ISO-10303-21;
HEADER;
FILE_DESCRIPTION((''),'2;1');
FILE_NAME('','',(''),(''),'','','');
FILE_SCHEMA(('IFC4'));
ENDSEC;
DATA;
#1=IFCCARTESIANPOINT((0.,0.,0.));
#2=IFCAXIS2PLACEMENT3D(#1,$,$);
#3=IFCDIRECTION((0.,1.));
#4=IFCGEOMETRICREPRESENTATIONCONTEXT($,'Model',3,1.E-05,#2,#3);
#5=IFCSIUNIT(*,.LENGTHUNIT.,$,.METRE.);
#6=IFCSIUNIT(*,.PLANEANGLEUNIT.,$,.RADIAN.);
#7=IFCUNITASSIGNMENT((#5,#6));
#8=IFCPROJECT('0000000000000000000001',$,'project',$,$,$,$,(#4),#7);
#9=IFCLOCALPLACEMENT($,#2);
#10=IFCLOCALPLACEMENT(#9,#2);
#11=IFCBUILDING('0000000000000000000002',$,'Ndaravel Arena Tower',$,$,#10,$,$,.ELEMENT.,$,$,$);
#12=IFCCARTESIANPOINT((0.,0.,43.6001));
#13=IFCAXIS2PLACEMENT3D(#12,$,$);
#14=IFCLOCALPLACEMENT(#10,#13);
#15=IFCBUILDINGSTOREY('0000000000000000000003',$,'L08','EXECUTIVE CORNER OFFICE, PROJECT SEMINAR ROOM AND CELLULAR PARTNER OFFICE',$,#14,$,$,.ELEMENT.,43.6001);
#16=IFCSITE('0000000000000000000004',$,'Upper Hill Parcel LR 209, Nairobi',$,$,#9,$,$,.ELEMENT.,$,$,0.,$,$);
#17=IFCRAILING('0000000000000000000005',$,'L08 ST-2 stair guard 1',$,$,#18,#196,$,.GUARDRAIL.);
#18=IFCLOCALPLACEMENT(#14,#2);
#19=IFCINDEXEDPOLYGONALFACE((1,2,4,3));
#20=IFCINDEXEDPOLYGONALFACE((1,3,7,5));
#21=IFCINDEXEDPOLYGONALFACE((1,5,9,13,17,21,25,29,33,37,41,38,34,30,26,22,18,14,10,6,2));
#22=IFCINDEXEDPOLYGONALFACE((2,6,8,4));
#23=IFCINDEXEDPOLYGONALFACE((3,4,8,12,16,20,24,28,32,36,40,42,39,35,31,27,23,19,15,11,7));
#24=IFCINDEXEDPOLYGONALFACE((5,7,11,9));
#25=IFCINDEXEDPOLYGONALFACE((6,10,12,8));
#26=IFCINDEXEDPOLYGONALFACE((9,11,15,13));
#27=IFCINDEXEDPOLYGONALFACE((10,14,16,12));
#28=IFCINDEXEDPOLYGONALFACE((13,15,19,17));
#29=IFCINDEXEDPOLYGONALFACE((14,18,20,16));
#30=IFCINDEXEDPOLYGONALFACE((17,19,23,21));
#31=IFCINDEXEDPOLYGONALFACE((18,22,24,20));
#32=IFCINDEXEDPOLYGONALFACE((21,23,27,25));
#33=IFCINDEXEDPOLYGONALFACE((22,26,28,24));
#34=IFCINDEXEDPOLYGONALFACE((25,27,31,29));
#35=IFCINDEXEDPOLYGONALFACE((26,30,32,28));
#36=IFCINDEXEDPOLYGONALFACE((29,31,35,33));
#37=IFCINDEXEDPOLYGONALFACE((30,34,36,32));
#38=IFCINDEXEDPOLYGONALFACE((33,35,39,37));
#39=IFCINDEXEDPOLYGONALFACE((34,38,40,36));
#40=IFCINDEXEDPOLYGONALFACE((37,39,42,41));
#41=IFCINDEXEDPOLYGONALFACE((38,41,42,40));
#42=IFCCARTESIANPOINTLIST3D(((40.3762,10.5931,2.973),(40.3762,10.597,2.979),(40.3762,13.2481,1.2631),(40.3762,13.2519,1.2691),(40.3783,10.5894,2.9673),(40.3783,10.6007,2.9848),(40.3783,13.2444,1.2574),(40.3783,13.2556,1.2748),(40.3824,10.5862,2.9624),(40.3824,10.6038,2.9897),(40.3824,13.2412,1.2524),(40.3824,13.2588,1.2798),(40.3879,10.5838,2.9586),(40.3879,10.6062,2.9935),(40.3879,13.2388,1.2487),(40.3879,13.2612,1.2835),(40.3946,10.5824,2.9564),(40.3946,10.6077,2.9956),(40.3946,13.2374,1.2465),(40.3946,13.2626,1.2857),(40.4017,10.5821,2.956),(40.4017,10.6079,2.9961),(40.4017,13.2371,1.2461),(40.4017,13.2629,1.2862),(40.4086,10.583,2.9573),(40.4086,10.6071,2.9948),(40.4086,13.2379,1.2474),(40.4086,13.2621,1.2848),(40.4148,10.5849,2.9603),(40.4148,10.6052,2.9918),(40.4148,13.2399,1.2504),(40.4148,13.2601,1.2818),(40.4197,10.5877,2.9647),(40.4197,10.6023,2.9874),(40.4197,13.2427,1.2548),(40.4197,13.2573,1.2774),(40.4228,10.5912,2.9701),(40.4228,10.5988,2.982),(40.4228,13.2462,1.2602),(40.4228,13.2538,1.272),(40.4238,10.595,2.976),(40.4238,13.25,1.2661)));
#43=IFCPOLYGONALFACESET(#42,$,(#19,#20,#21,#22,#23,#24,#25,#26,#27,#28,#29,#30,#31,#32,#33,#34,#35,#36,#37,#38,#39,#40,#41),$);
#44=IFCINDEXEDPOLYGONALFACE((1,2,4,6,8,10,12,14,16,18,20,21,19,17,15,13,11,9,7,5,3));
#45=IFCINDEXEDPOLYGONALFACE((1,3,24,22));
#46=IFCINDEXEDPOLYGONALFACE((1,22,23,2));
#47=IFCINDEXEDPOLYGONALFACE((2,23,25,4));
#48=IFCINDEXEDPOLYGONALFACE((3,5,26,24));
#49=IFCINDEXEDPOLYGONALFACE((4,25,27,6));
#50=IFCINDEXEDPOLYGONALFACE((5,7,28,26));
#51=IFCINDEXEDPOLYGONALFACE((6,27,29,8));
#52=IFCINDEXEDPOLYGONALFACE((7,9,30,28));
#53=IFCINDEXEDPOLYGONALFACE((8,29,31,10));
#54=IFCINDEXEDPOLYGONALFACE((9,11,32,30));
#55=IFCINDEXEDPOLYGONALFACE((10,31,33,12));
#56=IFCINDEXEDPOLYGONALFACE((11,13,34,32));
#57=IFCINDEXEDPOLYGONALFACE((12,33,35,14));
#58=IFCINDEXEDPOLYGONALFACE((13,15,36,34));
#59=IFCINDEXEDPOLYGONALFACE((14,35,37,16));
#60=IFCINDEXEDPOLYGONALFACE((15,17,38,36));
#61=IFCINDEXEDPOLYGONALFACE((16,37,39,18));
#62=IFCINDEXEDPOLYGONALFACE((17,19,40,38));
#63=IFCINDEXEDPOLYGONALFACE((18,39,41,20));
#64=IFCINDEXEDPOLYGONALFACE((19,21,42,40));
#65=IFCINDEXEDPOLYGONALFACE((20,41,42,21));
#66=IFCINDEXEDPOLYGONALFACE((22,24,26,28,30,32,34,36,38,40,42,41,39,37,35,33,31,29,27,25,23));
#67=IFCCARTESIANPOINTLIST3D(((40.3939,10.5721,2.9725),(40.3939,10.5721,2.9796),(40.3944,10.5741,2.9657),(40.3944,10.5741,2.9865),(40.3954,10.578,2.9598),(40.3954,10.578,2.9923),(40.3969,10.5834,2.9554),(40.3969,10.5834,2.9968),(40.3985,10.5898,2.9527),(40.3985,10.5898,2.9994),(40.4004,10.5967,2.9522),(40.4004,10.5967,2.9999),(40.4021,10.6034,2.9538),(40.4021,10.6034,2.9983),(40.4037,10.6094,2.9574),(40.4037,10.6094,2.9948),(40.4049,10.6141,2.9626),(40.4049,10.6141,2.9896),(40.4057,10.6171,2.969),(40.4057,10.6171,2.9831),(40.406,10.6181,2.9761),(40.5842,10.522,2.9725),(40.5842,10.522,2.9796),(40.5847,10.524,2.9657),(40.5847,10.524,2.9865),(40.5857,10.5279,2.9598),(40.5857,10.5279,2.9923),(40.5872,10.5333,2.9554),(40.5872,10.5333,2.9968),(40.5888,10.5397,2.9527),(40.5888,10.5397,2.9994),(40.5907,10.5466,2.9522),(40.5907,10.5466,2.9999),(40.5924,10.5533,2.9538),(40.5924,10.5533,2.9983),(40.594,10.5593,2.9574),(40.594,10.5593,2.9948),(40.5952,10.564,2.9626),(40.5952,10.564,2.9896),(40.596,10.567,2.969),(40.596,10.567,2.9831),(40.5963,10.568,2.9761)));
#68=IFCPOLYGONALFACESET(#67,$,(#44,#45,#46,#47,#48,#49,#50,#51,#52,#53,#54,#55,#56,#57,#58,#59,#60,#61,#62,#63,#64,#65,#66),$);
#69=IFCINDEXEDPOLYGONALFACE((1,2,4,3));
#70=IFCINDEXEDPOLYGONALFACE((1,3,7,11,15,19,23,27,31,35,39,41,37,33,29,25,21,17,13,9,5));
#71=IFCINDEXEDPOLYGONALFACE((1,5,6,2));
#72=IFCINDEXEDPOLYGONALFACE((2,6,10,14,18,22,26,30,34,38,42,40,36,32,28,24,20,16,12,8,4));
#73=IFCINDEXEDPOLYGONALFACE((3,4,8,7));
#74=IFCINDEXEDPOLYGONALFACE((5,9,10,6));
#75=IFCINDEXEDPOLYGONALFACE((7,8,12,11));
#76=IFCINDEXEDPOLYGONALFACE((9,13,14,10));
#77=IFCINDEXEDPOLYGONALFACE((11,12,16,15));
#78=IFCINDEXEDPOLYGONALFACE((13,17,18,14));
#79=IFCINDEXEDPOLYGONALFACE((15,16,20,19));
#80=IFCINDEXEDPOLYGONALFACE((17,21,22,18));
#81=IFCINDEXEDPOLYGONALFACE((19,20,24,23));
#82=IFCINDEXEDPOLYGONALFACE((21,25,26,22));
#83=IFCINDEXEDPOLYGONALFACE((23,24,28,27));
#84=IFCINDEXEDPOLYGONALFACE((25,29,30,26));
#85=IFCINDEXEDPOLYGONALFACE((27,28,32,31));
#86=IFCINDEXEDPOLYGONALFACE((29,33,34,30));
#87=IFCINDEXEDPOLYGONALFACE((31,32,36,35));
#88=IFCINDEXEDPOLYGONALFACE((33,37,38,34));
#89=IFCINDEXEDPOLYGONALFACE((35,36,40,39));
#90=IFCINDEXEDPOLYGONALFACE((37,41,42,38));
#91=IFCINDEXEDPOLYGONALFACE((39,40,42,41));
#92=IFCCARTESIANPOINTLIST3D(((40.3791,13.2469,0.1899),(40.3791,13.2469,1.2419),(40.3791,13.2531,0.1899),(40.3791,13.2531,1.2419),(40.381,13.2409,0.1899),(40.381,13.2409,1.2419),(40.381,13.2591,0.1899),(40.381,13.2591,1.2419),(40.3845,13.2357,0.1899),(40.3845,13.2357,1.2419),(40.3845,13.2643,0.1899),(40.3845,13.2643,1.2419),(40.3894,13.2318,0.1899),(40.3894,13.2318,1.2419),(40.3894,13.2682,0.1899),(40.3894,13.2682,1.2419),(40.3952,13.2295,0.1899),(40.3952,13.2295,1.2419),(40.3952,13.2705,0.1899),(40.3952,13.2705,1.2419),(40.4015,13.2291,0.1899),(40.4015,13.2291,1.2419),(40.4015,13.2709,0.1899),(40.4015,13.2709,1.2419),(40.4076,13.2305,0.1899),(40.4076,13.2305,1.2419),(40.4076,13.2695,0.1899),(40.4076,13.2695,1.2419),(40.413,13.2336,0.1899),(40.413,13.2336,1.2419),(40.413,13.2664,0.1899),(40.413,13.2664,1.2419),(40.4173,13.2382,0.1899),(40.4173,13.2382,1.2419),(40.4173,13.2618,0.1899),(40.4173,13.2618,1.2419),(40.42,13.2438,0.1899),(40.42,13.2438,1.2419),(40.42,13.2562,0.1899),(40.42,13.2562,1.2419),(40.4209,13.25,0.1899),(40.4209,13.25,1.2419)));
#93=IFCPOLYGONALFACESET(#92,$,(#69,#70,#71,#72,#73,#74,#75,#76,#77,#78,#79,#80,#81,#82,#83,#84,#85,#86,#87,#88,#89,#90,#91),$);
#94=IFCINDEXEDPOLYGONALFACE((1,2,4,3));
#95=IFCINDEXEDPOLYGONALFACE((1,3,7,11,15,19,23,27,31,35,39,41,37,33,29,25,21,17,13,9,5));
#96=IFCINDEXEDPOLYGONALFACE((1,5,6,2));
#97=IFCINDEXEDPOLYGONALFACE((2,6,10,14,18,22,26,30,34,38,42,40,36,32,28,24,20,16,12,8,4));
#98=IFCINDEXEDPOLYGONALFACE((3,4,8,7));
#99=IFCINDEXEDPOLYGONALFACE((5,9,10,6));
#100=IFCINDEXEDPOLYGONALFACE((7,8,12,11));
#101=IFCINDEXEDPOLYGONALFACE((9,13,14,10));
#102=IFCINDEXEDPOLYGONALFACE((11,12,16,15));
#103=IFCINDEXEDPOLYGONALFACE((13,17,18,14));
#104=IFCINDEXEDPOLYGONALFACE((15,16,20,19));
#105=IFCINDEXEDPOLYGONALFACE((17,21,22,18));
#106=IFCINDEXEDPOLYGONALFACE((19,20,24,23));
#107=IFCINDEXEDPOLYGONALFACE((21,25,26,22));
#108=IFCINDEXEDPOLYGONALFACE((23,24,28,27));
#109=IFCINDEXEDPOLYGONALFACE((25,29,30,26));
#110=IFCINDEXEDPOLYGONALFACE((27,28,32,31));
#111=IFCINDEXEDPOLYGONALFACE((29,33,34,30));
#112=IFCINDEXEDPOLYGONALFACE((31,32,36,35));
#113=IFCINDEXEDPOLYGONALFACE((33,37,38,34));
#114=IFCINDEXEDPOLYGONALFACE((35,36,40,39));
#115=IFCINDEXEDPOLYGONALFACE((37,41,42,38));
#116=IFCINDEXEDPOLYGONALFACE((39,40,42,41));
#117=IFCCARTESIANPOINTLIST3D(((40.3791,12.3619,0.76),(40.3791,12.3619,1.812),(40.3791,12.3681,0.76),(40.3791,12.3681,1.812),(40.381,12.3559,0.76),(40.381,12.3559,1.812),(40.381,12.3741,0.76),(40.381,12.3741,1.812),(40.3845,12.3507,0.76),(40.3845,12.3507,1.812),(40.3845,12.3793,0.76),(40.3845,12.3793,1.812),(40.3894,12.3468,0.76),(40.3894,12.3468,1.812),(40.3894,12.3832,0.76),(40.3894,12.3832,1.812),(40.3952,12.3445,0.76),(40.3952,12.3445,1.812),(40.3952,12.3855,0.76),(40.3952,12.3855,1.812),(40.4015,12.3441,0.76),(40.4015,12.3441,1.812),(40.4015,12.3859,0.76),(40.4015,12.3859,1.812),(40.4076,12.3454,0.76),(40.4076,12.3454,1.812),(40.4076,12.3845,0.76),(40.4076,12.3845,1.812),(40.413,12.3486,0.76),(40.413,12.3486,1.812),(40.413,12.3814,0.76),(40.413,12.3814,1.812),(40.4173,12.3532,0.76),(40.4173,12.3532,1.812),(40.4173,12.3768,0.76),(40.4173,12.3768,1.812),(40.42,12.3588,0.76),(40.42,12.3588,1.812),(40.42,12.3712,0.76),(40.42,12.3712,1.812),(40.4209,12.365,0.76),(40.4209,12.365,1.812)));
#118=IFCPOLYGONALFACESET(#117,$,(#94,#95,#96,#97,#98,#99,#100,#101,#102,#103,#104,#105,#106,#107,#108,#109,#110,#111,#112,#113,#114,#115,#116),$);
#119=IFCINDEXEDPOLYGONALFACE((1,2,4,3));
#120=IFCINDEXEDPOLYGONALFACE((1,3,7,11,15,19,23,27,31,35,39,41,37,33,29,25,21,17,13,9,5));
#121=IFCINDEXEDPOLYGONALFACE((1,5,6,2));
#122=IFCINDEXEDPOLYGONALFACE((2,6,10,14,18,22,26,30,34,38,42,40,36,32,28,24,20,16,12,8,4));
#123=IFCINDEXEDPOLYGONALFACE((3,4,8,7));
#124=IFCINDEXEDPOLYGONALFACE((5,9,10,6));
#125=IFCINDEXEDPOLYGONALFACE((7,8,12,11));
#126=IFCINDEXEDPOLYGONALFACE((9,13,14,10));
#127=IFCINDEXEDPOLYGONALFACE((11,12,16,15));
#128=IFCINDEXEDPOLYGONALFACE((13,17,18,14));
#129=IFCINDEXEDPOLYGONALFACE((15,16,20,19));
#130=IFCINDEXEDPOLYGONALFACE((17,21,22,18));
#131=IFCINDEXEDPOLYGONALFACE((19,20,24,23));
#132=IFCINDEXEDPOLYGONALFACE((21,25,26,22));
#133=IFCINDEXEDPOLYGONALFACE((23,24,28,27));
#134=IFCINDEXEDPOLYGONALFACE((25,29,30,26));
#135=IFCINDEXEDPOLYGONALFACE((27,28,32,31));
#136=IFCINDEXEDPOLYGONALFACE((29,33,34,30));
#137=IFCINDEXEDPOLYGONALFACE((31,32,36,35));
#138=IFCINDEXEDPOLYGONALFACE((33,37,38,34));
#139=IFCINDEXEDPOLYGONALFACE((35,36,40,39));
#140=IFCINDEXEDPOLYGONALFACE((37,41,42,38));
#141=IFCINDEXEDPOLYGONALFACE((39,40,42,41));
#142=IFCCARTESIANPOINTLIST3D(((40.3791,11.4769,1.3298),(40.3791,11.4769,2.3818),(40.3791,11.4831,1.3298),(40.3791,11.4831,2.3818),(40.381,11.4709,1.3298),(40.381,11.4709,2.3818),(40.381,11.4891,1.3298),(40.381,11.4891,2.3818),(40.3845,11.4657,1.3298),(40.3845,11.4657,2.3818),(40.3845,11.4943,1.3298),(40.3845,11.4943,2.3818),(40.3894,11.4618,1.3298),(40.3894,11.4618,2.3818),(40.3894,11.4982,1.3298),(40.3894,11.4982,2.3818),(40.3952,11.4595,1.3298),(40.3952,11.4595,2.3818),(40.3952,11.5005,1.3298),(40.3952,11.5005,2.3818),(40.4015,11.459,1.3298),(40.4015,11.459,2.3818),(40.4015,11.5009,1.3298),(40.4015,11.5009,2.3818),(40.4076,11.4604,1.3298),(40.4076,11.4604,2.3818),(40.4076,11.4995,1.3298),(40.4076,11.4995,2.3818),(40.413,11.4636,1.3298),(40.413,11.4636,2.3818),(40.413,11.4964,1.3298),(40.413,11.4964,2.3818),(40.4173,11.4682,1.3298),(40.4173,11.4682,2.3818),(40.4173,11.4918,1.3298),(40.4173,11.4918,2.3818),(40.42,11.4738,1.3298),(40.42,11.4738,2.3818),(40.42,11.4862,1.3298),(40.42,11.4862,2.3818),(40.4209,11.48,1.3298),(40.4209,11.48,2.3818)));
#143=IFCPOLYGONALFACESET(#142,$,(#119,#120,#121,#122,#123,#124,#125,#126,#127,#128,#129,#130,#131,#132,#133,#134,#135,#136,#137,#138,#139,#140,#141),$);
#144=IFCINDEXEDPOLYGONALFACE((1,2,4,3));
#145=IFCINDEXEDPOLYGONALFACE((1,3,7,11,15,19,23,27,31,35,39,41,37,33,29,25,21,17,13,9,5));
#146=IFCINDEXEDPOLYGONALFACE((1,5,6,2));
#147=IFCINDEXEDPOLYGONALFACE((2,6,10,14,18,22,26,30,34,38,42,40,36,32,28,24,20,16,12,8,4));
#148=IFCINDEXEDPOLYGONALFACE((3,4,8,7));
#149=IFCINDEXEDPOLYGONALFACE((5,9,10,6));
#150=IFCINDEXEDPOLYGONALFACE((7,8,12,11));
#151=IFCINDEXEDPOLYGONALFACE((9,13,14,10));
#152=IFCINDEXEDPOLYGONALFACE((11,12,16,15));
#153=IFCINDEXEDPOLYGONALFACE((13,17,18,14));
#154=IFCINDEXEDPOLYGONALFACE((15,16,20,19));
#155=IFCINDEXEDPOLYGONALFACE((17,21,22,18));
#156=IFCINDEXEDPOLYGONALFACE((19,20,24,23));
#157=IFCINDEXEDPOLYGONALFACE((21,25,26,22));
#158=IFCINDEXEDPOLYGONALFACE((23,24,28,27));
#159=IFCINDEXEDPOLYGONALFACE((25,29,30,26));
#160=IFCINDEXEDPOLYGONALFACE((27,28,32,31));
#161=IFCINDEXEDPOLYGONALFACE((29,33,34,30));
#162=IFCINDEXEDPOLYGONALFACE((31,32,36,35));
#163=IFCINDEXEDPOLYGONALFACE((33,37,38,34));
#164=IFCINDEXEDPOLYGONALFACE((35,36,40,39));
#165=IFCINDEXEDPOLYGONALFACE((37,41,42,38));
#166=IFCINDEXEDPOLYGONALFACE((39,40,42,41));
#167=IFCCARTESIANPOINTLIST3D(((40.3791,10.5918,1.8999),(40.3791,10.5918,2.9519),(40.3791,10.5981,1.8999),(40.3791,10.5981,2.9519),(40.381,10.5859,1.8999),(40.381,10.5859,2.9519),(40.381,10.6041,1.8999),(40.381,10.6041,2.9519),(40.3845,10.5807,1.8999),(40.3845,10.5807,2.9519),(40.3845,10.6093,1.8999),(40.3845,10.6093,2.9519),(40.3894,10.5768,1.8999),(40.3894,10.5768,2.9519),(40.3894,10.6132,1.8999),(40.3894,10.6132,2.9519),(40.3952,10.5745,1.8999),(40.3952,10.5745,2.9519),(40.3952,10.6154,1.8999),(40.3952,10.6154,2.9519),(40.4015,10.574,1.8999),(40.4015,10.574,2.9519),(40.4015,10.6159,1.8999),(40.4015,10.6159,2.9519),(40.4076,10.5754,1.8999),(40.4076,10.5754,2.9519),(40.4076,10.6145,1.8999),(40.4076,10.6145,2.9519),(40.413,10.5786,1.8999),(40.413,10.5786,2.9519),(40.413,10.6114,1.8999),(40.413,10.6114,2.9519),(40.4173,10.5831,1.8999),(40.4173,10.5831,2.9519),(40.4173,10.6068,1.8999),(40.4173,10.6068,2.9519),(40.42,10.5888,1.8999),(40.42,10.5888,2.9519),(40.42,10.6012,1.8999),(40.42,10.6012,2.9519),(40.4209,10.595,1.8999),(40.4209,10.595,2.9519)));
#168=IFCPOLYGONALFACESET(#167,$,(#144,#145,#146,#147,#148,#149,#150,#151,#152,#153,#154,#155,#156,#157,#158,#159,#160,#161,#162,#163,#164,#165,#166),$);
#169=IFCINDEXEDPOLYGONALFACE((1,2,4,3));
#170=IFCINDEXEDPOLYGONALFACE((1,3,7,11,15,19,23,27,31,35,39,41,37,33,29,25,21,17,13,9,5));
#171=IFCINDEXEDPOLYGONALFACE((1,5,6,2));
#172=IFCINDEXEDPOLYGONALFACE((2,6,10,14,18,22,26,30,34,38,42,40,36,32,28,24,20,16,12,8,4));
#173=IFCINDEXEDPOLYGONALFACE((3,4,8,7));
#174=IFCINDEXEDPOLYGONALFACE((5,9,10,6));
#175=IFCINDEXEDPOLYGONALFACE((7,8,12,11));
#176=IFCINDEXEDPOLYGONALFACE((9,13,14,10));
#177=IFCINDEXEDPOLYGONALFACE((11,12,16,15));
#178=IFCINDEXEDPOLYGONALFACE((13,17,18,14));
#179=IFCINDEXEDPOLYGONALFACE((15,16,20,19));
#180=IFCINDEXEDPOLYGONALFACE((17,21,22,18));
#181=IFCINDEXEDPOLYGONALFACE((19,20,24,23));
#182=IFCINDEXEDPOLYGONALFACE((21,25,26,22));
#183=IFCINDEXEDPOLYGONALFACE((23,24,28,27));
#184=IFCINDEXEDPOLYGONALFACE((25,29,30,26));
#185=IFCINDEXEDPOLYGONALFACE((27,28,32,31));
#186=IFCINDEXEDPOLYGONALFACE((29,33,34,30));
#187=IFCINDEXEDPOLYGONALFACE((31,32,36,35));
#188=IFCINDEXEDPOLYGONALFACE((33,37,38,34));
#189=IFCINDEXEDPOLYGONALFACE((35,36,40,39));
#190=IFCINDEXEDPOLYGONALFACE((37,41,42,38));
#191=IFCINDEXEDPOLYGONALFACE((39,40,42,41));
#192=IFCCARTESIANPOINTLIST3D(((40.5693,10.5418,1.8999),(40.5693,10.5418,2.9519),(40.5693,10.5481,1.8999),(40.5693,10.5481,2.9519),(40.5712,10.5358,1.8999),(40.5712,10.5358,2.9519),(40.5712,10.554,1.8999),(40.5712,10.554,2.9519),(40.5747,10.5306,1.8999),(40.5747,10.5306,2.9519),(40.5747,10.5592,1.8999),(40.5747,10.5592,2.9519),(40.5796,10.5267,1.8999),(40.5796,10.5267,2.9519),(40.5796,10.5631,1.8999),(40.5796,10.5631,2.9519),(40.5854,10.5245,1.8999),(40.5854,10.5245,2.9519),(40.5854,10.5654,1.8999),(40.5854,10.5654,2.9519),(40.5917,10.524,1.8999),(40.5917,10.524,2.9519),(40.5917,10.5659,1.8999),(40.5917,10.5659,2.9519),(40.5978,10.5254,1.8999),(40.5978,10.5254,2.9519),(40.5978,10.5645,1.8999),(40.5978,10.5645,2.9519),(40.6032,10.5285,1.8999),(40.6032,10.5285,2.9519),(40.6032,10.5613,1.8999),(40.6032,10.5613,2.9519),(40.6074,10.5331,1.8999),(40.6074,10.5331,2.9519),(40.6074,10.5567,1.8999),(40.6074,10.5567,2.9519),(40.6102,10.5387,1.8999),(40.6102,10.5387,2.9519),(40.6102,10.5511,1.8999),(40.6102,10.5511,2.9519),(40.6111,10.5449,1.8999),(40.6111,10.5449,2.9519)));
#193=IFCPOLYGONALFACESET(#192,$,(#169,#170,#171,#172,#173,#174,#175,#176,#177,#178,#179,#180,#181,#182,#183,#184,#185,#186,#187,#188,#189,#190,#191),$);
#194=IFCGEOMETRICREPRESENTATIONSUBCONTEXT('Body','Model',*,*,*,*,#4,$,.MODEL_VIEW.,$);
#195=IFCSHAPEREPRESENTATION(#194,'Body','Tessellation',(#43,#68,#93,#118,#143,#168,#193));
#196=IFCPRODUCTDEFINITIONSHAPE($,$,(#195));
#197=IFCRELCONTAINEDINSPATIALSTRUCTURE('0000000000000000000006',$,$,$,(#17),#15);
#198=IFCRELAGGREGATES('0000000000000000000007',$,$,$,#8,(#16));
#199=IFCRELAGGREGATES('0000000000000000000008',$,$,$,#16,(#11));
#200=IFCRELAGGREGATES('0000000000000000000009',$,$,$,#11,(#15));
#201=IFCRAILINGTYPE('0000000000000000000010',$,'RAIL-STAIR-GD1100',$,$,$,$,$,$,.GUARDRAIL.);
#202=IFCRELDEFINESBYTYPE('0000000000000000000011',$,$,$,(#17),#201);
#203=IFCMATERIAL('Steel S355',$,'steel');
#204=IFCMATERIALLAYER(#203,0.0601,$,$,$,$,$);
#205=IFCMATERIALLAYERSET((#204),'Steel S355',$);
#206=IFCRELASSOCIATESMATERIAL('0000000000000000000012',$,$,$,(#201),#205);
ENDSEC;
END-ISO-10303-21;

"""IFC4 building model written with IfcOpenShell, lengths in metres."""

from ifc_helpers import new_model, si_unit, direction, frame, origin, origin_2d, place, context, subcontext, project, spatial, circle, extrude, material, layer, layer_set, type_object, element, save


model = new_model("IFC4")

# Units and contexts
model_context = context("Model", 3, precision=1e-05, world=origin(), true_north=direction((0.0, 1.0)))
body_context = subcontext(model_context, "Body", "Model", "MODEL_VIEW")
ifc_project = project(units=[si_unit("LENGTHUNIT", "METRE"), si_unit("PLANEANGLEUNIT", "RADIAN")], contexts=[model_context])

# Site, building, storey
site_placement = place(None, origin())
site = spatial("IfcSite", under=ifc_project, at=site_placement, Name="Upper Hill Parcel LR 209, Nairobi", CompositionType="ELEMENT", RefElevation=0.0)
building_placement = place(site_placement, origin())
building = spatial("IfcBuilding", under=site, at=building_placement, Name="Ndaravel Arena Tower", CompositionType="ELEMENT")
storey_placement = place(building_placement, frame((0.0, 0.0, 43.6001)))
storey = spatial("IfcBuildingStorey", under=building, at=storey_placement, Name="L08", Description="EXECUTIVE CORNER OFFICE, PROJECT SEMINAR ROOM AND CELLULAR PARTNER OFFICE", CompositionType="ELEMENT", Elevation=43.6001)

# Railing
ifc_material_1 = material(Name="Steel S355", Category="steel")
ifc_layer_1 = layer(ifc_material_1, 0.0601)
ifc_layer_set_1 = layer_set([ifc_layer_1], Name="Steel S355")
railing_type_1 = type_object("IfcRailingType", Name="RAIL-STAIR-GD1100", PredefinedType="GUARDRAIL", material=ifc_layer_set_1)
railing_1_placement = place(storey_placement, frame((40.3999, 13.25, 0.1899)))
element("IfcRailing", 1, at=railing_1_placement, inside=storey, type_object=railing_type_1, Name="L08 ST-2 stair guard 1", PredefinedType="GUARDRAIL", context=body_context, shape_type="SweptSolid", body=[
    extrude(circle(Radius=0.0239, at=origin_2d()), frame((0.0, 0.0, 1.0762), z_axis=(0.0, -0.840724, 0.541465), x_axis=(1.0, 0.0, 0.0)), (0.0, 0.0, 1.0), 3.158),
    extrude(circle(Radius=0.0239, at=origin_2d()), frame((0.0, -2.655, 2.7861), z_axis=(0.967075, -0.254493, 0.0), x_axis=(0.254493, 0.967075, 0.0)), (0.0, 0.0, 1.0), 0.1968),
    extrude(circle(Radius=0.021, at=origin_2d()), origin(), (0.0, 0.0, 1.0), 1.052),
    extrude(circle(Radius=0.021, at=origin_2d()), frame((0.0, -0.885, 0.5701)), (0.0, 0.0, 1.0), 1.052),
    extrude(circle(Radius=0.021, at=origin_2d()), frame((0.0, -1.77, 1.1399)), (0.0, 0.0, 1.0), 1.052),
    extrude(circle(Radius=0.021, at=origin_2d()), frame((0.0, -2.655, 1.71)), (0.0, 0.0, 1.0), 1.052),
    extrude(circle(Radius=0.021, at=origin_2d()), frame((0.1902, -2.7051, 1.71)), (0.0, 0.0, 1.0), 1.052),
])

save(model, "model.ifc")
